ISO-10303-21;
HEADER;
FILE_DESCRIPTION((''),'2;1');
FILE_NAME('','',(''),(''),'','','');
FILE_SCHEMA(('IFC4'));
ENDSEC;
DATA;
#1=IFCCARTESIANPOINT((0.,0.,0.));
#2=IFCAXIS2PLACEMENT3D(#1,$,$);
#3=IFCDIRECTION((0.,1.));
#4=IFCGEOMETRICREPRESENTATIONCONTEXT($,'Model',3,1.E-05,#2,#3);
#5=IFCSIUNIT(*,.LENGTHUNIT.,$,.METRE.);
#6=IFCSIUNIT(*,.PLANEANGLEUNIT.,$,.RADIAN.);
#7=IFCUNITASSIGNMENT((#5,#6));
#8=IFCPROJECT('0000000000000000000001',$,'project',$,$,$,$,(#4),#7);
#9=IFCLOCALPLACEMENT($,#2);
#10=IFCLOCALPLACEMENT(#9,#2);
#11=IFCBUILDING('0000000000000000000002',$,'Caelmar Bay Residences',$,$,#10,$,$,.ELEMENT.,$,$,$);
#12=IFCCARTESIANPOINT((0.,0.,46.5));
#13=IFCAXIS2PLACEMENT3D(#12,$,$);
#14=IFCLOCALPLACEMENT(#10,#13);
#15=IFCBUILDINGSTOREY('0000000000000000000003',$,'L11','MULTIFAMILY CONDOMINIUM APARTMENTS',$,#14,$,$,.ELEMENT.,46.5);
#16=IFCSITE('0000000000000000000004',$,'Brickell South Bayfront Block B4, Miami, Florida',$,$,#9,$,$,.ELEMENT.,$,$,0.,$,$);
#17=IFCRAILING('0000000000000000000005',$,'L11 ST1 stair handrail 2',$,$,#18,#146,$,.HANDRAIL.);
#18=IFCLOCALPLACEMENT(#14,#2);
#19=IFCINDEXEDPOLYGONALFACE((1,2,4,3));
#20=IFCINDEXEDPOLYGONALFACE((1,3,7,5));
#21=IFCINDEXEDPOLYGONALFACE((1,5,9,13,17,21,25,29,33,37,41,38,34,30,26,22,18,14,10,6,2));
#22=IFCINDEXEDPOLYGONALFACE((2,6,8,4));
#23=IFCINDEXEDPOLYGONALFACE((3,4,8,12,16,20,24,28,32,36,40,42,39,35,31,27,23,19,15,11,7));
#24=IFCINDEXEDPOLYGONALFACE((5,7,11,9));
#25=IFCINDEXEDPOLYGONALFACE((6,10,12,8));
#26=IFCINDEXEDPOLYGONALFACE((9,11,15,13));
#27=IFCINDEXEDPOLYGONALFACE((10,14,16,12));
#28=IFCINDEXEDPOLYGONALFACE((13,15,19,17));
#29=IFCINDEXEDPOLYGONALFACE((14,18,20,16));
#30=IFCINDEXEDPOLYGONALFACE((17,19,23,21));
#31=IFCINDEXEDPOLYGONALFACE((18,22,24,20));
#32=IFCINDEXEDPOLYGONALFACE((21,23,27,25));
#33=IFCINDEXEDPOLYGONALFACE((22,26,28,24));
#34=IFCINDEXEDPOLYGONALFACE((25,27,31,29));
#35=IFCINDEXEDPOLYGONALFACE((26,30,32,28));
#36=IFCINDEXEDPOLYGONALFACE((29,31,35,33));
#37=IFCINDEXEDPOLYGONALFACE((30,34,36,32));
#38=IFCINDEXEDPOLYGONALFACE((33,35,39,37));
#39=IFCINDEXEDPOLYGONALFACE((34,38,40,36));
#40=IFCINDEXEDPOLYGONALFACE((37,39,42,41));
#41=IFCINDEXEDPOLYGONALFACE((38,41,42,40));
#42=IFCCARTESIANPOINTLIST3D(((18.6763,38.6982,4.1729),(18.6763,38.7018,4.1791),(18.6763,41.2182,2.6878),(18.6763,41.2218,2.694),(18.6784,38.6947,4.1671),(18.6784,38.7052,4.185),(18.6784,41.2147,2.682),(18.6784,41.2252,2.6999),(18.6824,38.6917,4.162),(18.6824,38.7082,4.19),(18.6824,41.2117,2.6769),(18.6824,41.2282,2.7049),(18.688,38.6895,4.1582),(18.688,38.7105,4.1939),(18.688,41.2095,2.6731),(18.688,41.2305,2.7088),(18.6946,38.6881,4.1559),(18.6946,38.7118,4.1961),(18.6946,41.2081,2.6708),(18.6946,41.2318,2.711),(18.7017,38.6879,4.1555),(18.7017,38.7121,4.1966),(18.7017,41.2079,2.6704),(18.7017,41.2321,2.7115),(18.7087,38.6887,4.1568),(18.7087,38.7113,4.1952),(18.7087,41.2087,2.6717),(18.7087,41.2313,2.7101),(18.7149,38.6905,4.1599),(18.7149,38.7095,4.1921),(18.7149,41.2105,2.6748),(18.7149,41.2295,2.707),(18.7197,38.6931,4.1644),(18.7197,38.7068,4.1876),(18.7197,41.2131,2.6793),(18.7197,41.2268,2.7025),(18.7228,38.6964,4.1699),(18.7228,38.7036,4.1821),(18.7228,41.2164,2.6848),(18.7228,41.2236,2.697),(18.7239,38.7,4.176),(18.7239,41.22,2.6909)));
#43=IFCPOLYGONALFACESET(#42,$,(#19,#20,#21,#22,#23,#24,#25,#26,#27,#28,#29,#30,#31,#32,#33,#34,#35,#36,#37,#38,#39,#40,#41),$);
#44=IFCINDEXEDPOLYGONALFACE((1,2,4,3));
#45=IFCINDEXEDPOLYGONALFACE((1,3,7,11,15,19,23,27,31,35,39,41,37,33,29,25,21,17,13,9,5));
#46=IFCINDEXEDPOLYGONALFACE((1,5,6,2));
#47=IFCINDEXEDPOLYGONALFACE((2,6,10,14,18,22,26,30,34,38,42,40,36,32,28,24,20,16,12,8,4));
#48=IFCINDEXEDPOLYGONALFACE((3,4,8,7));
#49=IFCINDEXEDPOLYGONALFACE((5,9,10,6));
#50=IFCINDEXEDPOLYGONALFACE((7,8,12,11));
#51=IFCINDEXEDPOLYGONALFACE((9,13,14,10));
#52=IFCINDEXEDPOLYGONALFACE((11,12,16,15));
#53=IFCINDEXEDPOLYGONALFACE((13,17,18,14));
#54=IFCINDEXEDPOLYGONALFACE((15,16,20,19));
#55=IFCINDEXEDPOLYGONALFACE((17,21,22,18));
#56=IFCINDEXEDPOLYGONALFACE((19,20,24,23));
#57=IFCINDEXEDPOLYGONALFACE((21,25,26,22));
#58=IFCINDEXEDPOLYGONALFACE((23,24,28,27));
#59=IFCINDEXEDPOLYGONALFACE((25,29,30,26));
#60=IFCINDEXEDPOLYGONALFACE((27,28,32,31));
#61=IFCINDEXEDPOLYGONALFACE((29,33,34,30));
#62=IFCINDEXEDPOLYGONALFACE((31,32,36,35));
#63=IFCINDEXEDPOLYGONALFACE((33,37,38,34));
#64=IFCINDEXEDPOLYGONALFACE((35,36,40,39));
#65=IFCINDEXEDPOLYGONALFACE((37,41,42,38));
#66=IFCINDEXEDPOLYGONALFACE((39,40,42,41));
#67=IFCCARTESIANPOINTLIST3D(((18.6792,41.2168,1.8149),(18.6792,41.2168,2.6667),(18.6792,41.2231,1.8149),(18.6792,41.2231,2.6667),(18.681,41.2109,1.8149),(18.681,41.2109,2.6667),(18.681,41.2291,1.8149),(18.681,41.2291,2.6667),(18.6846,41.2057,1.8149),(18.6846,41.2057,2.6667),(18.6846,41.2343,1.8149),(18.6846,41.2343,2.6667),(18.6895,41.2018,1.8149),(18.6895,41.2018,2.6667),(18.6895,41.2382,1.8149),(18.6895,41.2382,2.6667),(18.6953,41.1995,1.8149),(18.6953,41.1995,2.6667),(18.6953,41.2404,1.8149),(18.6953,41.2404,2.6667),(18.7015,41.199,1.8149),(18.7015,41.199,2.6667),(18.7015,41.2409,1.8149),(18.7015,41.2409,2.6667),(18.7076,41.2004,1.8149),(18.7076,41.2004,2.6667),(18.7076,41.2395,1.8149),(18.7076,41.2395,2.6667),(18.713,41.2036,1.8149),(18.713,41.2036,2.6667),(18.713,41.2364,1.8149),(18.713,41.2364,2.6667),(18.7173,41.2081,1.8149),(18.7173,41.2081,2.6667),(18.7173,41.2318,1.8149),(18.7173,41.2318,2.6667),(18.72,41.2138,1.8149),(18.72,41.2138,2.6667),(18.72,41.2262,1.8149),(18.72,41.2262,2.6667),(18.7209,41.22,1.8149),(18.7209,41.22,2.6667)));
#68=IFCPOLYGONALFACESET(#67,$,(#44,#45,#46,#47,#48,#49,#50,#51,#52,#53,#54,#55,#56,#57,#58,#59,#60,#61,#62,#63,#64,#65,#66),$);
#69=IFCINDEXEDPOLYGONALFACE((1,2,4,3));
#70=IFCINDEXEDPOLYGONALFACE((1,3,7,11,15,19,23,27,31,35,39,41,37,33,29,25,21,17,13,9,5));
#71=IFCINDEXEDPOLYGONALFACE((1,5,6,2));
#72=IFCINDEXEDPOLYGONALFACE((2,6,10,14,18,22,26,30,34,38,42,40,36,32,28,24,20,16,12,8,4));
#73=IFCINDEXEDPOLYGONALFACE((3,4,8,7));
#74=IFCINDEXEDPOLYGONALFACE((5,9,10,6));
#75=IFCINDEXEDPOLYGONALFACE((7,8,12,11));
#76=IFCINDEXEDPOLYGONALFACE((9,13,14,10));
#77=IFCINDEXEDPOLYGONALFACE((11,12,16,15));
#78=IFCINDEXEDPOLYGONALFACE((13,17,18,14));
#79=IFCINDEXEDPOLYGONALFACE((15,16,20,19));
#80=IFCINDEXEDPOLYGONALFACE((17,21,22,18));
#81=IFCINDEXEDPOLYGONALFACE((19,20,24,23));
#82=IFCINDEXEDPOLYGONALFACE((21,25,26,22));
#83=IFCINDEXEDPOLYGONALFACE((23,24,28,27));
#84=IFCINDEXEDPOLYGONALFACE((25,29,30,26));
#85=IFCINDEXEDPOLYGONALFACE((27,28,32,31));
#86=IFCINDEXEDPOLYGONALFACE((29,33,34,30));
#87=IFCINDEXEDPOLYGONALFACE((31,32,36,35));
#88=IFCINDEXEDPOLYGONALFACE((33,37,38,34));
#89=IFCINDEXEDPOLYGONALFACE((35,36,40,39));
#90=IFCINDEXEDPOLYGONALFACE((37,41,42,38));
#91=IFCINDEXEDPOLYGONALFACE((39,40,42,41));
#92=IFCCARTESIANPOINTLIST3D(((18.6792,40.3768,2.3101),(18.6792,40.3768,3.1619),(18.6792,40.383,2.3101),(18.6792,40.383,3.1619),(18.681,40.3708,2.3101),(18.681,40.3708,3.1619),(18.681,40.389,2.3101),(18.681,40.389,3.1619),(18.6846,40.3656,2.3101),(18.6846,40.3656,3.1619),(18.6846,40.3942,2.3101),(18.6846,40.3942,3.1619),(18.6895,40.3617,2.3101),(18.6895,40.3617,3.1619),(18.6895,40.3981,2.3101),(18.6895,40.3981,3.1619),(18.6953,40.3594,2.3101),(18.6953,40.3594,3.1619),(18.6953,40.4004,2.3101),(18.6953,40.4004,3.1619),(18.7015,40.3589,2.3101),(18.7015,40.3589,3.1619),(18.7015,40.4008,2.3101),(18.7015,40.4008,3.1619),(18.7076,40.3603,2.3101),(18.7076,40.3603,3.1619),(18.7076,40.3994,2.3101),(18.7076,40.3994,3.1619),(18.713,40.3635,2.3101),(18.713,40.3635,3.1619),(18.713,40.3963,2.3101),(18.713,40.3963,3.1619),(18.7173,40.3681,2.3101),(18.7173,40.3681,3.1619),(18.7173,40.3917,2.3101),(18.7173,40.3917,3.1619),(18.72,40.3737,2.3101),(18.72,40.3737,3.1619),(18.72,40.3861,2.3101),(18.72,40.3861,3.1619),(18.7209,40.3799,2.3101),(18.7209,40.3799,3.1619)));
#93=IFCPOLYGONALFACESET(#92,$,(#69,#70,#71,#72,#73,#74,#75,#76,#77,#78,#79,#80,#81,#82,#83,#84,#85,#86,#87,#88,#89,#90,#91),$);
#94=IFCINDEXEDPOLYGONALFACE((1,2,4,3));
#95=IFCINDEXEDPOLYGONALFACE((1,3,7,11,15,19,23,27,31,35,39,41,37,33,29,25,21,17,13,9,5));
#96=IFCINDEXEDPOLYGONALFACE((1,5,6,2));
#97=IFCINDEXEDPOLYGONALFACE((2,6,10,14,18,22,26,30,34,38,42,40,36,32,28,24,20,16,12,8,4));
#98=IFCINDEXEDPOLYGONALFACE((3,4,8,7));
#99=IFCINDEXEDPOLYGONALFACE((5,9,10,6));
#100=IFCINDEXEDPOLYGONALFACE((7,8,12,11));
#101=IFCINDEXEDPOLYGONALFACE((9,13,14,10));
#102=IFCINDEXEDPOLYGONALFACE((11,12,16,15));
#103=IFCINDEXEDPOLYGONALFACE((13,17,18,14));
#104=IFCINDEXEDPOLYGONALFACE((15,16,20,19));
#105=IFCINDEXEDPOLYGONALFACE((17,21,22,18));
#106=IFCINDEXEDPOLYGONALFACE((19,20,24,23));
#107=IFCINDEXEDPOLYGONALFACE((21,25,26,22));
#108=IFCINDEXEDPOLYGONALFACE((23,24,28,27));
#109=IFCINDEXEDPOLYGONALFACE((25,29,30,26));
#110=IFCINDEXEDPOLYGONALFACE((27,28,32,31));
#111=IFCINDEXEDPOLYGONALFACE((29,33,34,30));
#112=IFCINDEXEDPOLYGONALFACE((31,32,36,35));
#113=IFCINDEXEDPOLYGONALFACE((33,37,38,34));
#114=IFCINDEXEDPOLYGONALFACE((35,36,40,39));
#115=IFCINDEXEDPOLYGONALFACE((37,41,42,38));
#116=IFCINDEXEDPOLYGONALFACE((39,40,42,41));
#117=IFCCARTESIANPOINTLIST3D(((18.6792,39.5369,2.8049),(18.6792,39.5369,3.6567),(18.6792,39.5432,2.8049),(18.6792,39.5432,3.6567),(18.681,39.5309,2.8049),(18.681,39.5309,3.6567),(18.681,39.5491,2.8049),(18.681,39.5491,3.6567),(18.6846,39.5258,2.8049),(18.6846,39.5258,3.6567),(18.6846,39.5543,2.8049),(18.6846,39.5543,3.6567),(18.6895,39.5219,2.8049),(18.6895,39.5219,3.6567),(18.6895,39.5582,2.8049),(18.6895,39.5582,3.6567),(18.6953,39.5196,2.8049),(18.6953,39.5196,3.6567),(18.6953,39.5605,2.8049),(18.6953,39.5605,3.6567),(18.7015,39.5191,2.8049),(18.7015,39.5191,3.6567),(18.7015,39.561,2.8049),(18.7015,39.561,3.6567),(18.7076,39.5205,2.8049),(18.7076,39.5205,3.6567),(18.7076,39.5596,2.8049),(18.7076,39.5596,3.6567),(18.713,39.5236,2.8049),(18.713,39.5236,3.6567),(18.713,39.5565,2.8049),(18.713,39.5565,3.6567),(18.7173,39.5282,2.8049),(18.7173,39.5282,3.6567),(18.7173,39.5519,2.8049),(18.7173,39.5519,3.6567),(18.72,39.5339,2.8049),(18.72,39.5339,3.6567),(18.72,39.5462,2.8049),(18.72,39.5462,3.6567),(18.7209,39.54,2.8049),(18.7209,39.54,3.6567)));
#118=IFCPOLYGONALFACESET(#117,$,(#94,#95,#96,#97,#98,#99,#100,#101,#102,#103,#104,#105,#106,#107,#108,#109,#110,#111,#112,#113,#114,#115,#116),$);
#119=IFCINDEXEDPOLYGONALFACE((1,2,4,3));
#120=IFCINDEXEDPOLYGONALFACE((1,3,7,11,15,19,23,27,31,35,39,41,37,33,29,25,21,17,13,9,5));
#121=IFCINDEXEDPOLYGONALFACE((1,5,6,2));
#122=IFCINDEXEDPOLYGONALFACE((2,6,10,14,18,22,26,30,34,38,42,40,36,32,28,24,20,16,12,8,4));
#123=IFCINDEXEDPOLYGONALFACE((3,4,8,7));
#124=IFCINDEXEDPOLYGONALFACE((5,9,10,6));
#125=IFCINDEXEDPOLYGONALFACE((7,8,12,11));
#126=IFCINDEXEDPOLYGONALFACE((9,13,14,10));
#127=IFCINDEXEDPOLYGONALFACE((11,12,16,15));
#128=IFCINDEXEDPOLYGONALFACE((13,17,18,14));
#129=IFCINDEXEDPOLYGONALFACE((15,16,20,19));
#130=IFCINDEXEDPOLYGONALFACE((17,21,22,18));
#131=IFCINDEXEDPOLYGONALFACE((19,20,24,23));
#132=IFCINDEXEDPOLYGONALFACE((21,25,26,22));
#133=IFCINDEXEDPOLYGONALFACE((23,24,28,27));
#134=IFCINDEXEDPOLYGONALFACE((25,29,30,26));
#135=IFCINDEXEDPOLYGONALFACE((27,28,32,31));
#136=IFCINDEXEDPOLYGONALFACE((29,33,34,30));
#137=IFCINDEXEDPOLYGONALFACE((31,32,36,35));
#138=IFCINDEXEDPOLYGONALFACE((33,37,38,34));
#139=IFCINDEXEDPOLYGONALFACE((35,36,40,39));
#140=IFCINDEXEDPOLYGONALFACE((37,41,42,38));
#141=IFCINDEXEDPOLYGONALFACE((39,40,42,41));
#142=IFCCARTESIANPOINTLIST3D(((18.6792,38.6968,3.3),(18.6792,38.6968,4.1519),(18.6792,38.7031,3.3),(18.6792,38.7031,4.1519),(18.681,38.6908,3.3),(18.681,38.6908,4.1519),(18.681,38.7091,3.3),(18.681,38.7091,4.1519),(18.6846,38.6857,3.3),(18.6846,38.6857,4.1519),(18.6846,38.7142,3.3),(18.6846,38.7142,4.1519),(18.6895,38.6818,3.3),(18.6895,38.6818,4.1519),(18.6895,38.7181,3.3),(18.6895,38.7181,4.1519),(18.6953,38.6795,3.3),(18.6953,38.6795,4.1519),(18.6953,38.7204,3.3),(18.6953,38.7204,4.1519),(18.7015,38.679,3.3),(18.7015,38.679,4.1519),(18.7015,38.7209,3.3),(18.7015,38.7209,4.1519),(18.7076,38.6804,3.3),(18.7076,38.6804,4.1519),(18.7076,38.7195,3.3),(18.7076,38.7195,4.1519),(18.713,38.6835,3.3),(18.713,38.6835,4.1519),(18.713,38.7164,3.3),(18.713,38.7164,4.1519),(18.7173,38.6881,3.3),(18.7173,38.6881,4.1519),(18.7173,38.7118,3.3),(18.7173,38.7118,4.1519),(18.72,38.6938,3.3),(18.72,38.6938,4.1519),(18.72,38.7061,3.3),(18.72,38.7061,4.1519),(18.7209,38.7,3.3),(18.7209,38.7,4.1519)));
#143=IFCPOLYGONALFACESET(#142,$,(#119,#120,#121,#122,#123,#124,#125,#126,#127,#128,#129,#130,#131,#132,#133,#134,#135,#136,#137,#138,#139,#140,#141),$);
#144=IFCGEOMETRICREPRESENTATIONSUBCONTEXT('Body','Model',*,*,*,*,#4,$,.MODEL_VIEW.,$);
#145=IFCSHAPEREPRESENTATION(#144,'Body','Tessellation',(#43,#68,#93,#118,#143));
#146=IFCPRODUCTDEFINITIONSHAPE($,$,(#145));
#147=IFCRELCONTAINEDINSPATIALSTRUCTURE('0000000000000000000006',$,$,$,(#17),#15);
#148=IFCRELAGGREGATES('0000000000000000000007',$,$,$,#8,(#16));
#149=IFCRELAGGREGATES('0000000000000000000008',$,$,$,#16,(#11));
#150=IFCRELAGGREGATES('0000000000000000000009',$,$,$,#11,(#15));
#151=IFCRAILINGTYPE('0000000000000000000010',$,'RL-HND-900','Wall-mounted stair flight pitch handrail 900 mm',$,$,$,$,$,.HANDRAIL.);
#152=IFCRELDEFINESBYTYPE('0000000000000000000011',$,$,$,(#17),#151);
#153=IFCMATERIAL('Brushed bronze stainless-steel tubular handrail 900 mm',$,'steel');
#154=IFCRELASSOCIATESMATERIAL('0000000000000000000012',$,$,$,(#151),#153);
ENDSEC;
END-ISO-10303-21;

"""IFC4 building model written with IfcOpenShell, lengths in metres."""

from ifc_helpers import new_model, si_unit, direction, frame, origin, origin_2d, place, context, subcontext, project, spatial, circle, extrude, material, type_object, element, save


model = new_model("IFC4")

# Units and contexts
model_context = context("Model", 3, precision=1e-05, world=origin(), true_north=direction((0.0, 1.0)))
body_context = subcontext(model_context, "Body", "Model", "MODEL_VIEW")
ifc_project = project(units=[si_unit("LENGTHUNIT", "METRE"), si_unit("PLANEANGLEUNIT", "RADIAN")], contexts=[model_context])

# Site, building, storey
site_placement = place(None, origin())
site = spatial("IfcSite", under=ifc_project, at=site_placement, Name="Brickell South Bayfront Block B4, Miami, Florida", CompositionType="ELEMENT", RefElevation=0.0)
building_placement = place(site_placement, origin())
building = spatial("IfcBuilding", under=site, at=building_placement, Name="Caelmar Bay Residences", CompositionType="ELEMENT")
storey_placement = place(building_placement, frame((0.0, 0.0, 46.5)))
storey = spatial("IfcBuildingStorey", under=building, at=storey_placement, Name="L11", Description="MULTIFAMILY CONDOMINIUM APARTMENTS", CompositionType="ELEMENT", Elevation=46.5)

# Railing
ifc_material_1 = material(Name="Brushed bronze stainless-steel tubular handrail 900 mm", Category="steel")
railing_type_1 = type_object("IfcRailingType", Name="RL-HND-900", Description="Wall-mounted stair flight pitch handrail 900 mm", PredefinedType="HANDRAIL", material=ifc_material_1)
railing_1_placement = place(storey_placement, frame((18.7, 41.22, 1.8149)))
element("IfcRailing", 1, at=railing_1_placement, inside=storey, type_object=railing_type_1, Name="L11 ST1 stair handrail 2", PredefinedType="HANDRAIL", context=body_context, shape_type="SweptSolid", body=[
    extrude(circle(Radius=0.0239, at=origin_2d()), frame((0.0, 0.0, 0.876), z_axis=(0.0, -0.861524, 0.507717), x_axis=(1.0, 0.0, 0.0)), (0.0, 0.0, 1.0), 2.925),
    extrude(circle(Radius=0.021, at=origin_2d()), origin(), (0.0, 0.0, 1.0), 0.8518),
    extrude(circle(Radius=0.021, at=origin_2d()), frame((0.0, -0.8401, 0.4951)), (0.0, 0.0, 1.0), 0.8518),
    extrude(circle(Radius=0.021, at=origin_2d()), frame((0.0, -1.6799, 0.99)), (0.0, 0.0, 1.0), 0.8518),
    extrude(circle(Radius=0.021, at=origin_2d()), frame((0.0, -2.52, 1.4851)), (0.0, 0.0, 1.0), 0.8518),
])

save(model, "model.ifc")
